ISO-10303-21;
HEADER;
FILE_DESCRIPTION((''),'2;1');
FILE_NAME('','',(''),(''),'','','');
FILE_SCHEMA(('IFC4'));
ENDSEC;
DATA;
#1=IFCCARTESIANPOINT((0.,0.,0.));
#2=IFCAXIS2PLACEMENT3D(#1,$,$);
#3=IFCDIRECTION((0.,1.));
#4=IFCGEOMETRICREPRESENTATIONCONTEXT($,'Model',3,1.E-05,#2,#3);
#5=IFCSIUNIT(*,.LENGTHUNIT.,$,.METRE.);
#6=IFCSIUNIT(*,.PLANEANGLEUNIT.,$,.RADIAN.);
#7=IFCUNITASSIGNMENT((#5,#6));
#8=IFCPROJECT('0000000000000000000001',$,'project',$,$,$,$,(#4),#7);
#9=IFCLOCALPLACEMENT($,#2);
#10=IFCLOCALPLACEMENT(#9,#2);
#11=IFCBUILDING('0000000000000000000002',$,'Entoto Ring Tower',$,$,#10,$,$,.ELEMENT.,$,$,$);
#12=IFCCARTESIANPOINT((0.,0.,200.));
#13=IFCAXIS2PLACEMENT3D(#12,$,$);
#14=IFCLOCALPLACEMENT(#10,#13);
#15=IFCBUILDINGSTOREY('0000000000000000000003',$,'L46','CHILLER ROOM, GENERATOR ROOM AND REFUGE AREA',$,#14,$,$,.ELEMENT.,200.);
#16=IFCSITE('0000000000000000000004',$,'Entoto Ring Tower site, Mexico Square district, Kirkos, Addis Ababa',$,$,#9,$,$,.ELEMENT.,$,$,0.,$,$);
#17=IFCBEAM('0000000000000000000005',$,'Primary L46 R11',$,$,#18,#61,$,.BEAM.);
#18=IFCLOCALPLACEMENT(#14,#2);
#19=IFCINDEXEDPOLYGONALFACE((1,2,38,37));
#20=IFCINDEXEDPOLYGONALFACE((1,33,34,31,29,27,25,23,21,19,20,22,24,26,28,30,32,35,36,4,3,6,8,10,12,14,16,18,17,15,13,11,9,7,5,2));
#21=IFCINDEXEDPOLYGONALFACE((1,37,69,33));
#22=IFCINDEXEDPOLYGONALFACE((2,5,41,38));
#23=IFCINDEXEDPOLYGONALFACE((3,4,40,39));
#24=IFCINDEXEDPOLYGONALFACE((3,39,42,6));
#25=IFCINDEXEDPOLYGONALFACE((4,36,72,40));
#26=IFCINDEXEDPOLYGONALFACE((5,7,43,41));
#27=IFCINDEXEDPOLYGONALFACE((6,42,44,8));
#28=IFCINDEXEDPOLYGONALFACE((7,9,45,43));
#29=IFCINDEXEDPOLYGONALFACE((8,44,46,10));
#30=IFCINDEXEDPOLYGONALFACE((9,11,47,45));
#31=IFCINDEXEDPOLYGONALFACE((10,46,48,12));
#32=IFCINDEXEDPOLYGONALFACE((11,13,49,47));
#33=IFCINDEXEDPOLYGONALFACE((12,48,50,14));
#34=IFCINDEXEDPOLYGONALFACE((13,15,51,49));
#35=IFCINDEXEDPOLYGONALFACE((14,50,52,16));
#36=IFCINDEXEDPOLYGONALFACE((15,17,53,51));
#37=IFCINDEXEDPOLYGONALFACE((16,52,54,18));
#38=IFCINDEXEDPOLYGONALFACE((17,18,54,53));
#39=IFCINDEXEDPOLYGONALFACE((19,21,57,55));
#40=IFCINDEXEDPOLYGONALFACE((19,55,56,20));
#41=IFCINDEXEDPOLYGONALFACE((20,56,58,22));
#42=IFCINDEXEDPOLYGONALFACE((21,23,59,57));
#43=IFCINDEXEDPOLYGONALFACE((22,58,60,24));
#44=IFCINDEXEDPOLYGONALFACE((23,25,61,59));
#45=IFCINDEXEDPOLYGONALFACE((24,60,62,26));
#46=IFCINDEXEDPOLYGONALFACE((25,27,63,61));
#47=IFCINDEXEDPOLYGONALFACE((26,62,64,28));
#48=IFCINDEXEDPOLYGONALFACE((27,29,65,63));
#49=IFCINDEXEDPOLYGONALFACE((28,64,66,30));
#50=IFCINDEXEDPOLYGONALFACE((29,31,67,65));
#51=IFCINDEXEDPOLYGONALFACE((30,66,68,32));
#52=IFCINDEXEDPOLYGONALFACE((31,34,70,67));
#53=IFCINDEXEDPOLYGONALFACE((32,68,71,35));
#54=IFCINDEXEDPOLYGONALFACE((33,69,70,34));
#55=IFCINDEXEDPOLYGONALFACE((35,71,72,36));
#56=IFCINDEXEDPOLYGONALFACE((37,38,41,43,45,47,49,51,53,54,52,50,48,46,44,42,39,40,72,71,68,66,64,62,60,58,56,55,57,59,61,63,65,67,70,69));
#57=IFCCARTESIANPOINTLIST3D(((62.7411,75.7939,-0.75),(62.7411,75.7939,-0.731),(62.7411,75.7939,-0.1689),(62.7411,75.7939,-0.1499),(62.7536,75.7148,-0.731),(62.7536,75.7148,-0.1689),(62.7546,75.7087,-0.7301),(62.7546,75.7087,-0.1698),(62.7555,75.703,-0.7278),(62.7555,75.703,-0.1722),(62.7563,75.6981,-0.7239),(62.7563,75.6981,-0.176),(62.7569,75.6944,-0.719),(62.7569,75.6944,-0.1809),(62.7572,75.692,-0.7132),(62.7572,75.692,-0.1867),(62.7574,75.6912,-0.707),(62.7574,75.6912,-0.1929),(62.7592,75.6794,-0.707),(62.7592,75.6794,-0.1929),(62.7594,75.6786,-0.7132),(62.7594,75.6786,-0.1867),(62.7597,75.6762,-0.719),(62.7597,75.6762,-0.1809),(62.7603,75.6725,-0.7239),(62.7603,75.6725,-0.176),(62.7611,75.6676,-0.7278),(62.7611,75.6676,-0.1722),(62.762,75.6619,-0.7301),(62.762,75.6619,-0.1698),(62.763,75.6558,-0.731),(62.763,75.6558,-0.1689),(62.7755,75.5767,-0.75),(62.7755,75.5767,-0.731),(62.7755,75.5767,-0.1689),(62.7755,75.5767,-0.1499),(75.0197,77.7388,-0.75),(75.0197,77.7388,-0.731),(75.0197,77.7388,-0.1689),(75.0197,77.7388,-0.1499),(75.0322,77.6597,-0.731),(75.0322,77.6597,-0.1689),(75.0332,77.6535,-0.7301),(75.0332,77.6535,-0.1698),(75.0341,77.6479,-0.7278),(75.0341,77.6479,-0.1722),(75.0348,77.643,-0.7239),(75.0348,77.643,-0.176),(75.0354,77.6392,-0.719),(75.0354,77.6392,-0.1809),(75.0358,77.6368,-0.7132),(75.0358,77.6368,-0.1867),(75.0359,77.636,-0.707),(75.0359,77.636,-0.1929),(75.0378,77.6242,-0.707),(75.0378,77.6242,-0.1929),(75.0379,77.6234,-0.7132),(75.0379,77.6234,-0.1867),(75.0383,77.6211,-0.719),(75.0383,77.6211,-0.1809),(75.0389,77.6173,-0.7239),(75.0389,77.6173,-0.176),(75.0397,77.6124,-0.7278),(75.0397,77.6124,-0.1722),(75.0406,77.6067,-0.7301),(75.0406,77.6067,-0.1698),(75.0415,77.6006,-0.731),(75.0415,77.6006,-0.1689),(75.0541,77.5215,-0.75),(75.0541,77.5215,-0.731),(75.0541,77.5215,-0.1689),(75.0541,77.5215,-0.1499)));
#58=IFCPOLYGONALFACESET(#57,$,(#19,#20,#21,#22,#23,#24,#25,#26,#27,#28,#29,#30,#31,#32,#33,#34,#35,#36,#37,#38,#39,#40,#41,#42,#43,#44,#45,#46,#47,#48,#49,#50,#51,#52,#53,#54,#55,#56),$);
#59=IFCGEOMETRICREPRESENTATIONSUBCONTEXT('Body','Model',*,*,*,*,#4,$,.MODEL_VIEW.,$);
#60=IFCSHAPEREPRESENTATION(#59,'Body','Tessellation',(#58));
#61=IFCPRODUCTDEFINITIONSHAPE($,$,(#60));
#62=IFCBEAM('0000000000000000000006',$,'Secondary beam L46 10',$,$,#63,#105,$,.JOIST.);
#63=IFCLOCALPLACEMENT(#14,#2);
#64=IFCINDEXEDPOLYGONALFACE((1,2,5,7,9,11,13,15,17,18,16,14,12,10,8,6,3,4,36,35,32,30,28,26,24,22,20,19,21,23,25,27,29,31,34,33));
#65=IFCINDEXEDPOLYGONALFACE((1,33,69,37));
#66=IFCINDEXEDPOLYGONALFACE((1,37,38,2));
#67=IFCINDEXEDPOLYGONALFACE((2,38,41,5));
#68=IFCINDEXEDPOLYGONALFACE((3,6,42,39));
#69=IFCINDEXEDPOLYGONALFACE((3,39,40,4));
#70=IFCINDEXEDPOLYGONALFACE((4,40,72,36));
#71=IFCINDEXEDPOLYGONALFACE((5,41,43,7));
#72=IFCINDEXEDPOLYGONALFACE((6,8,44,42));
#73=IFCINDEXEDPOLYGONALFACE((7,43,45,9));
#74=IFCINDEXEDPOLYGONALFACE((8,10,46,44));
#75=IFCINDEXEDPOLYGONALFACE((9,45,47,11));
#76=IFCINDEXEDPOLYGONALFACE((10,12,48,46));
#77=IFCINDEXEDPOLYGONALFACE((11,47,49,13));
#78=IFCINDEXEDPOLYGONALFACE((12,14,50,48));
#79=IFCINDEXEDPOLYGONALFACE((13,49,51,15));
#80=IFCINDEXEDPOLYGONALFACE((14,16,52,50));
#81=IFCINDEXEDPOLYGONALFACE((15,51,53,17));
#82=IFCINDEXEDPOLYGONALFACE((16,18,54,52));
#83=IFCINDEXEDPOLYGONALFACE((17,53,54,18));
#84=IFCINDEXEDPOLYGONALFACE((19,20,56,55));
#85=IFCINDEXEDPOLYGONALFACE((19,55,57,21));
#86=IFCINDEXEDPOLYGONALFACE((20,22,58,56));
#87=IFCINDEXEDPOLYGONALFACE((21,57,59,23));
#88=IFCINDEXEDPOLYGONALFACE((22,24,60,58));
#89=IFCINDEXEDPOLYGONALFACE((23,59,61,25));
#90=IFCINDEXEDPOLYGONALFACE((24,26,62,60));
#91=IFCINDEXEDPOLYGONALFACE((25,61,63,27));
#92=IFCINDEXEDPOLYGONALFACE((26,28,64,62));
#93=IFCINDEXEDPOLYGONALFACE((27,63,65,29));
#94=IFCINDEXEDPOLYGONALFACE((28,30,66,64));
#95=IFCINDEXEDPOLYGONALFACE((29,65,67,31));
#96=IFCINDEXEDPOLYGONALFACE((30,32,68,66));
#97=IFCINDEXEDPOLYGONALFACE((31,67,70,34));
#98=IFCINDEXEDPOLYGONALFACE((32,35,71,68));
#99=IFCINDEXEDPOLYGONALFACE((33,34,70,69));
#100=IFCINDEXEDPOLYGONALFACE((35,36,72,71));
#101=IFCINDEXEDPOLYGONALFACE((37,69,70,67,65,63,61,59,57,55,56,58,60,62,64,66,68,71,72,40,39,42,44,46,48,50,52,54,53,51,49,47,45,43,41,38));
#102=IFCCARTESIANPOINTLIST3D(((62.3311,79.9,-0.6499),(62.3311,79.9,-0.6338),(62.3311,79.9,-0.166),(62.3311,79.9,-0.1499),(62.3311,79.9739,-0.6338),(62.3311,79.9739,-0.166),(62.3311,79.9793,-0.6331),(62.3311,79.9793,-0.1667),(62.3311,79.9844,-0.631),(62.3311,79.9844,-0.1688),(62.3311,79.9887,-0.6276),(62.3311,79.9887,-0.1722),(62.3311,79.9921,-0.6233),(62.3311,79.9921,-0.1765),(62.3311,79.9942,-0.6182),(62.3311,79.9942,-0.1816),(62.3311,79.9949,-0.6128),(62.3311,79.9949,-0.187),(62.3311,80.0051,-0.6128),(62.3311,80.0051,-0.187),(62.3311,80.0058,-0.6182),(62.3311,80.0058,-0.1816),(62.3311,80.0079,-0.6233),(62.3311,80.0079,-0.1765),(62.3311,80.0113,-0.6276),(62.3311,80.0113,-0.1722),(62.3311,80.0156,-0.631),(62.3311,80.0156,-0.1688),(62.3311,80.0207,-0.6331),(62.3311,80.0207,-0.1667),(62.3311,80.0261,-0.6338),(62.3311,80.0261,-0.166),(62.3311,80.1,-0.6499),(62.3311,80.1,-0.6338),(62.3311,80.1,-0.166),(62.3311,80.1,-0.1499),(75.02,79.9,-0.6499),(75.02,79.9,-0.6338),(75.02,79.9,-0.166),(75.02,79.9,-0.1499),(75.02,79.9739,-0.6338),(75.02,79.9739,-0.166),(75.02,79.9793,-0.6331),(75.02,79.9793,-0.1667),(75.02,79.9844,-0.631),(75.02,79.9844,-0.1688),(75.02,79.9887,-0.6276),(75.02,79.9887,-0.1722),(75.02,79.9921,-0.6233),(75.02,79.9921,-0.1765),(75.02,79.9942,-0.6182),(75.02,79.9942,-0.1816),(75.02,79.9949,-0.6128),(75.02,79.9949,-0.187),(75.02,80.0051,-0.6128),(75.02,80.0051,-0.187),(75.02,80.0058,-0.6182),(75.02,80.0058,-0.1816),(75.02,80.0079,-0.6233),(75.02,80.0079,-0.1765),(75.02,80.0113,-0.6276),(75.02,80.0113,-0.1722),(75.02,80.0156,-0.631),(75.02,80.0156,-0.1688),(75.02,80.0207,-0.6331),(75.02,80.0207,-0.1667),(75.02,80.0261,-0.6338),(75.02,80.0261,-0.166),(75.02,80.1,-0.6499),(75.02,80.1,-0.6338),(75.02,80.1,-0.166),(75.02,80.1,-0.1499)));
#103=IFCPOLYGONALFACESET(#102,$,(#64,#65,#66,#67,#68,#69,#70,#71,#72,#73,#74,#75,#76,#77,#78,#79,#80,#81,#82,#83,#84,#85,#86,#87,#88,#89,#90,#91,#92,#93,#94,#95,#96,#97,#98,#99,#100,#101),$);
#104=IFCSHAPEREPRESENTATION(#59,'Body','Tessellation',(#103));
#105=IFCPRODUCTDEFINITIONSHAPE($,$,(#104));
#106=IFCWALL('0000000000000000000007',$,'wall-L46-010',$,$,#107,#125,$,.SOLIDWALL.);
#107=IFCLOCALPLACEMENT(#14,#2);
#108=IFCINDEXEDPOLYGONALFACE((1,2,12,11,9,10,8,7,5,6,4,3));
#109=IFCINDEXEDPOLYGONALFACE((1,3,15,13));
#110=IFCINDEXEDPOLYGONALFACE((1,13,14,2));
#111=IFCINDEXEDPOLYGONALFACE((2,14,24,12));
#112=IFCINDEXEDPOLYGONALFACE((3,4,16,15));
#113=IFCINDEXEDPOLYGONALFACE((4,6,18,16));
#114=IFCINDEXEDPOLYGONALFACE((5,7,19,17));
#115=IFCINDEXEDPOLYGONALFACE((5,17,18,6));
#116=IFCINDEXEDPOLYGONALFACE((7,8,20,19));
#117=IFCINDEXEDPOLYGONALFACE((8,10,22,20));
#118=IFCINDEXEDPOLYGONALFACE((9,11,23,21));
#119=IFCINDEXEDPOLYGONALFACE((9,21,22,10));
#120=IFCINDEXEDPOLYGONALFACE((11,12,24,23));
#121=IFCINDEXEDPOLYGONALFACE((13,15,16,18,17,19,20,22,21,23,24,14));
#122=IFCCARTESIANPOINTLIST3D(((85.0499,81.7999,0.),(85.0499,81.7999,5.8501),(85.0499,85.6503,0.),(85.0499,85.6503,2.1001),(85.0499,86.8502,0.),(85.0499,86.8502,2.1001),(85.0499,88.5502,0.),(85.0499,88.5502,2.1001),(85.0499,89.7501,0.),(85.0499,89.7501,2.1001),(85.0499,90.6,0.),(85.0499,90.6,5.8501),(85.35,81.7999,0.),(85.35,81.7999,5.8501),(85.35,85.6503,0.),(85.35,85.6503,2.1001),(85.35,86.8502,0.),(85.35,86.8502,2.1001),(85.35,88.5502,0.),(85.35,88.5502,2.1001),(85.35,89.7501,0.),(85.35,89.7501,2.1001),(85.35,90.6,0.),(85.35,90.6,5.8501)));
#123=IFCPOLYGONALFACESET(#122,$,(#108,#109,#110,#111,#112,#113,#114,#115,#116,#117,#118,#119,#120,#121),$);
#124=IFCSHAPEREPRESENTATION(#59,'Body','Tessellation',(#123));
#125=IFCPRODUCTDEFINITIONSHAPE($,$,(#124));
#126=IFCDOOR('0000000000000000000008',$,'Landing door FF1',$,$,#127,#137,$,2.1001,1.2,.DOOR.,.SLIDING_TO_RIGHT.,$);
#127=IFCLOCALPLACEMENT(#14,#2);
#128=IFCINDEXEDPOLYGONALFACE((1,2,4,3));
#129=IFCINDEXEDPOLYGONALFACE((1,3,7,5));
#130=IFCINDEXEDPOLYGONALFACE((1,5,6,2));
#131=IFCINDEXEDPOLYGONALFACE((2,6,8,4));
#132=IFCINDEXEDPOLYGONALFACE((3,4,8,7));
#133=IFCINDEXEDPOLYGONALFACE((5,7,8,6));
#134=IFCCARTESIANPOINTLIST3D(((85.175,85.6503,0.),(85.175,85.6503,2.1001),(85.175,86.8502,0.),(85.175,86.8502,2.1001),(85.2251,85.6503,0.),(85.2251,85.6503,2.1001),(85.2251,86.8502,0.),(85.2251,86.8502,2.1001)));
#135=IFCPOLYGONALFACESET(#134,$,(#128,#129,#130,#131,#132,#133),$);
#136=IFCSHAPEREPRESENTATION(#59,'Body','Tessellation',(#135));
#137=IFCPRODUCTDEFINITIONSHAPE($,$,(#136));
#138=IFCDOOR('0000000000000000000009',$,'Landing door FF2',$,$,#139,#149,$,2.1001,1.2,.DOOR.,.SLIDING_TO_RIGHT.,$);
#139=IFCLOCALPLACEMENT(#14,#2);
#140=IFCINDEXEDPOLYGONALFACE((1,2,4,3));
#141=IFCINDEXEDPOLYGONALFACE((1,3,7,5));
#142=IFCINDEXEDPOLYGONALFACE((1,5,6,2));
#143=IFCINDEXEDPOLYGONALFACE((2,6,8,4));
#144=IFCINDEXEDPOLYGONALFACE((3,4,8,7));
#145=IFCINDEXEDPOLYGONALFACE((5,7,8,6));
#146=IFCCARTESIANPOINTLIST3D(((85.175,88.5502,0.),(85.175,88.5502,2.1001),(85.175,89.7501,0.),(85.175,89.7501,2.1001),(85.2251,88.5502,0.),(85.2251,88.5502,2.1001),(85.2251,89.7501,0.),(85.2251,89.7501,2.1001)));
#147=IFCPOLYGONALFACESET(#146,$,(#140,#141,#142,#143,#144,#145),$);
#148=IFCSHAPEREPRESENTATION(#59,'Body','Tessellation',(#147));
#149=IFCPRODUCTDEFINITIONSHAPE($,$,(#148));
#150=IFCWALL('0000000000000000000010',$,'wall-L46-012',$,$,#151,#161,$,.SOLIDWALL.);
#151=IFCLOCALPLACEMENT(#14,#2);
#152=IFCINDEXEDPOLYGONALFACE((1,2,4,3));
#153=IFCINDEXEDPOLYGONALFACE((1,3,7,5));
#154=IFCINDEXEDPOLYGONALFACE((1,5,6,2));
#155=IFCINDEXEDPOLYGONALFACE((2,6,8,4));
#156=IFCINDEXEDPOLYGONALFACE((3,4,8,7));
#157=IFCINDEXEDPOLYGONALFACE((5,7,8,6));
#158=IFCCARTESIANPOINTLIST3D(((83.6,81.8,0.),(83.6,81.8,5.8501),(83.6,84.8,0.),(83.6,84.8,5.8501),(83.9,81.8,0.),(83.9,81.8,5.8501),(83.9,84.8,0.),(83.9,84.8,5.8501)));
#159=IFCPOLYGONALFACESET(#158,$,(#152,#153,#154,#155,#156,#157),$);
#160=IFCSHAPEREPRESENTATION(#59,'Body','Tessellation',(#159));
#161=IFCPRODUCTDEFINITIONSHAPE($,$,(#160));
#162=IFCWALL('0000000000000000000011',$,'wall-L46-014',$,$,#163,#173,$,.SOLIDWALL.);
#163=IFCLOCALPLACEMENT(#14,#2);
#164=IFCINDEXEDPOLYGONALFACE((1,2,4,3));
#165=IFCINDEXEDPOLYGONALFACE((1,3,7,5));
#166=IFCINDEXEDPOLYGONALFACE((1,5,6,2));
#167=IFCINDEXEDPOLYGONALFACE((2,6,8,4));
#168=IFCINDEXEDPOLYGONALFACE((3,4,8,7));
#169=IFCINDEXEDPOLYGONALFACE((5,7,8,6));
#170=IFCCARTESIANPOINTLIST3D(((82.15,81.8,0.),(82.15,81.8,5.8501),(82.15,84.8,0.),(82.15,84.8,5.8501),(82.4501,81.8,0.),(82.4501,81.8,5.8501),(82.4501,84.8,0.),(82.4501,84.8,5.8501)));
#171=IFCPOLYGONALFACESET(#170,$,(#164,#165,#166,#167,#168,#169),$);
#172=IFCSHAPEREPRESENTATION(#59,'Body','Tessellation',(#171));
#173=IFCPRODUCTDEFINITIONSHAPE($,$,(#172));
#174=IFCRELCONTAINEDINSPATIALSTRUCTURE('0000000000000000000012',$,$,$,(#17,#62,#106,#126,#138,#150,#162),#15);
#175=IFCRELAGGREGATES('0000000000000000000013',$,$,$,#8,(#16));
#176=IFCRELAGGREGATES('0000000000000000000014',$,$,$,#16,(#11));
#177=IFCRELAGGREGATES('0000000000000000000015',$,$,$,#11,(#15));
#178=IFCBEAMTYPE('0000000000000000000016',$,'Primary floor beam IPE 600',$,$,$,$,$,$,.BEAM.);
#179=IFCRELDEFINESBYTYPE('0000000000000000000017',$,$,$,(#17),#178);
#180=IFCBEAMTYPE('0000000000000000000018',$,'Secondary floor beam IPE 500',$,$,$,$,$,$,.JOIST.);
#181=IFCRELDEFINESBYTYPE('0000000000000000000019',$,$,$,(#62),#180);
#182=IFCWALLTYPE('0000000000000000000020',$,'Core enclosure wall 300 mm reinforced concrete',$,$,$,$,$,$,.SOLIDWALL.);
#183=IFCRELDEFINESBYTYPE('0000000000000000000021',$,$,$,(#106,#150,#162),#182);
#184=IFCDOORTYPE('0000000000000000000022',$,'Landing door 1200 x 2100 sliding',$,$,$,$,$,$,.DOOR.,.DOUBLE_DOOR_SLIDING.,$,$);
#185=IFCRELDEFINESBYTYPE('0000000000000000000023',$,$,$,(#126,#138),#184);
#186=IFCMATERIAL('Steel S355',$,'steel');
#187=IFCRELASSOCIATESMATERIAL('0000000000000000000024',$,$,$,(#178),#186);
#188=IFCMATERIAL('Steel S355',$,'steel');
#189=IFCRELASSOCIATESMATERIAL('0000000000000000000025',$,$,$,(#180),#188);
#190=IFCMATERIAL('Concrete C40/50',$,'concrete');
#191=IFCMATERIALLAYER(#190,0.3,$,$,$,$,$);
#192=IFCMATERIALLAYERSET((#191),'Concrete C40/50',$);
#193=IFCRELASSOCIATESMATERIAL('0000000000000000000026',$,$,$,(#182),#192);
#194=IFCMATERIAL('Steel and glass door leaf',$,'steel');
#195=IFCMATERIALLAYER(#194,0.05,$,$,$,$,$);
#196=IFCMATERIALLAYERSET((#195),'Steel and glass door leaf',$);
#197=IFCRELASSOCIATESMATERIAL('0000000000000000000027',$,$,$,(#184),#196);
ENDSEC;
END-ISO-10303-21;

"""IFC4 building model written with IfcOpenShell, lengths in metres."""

from ifc_helpers import new_model, si_unit, direction, frame, frame_2d, origin, origin_2d, place, context, subcontext, project, spatial, rectangle, i_section, extrude, material, layer, layer_set, material_profile, profile_set, type_object, element, fill, save


model = new_model("IFC4")

# Units and contexts
model_context = context("Model", 3, precision=1e-05, world=origin(), true_north=direction((0.0, 1.0)))
body_context = subcontext(model_context, "Body", "Model", "MODEL_VIEW")
ifc_project = project(units=[si_unit("LENGTHUNIT", "METRE"), si_unit("PLANEANGLEUNIT", "RADIAN")], contexts=[model_context])

# Site, building, storey
site_placement = place(None, origin())
site = spatial("IfcSite", under=ifc_project, at=site_placement, Name="Entoto Ring Tower site, Mexico Square district, Kirkos, Addis Ababa", CompositionType="ELEMENT", RefElevation=0.0)
building_placement = place(site_placement, origin())
building = spatial("IfcBuilding", under=site, at=building_placement, Name="Entoto Ring Tower", CompositionType="ELEMENT")
storey_placement = place(building_placement, frame((0.0, 0.0, 200.0)))
storey = spatial("IfcBuildingStorey", under=building, at=storey_placement, Name="L46", Description="CHILLER ROOM, GENERATOR ROOM AND REFUGE AREA", CompositionType="ELEMENT", Elevation=200.0)

# Beams
ifc_material_1 = material(Name="Steel S355", Category="steel")
ifc_material_profile_1 = material_profile(ifc_material_1, i_section(OverallWidth=0.22, OverallDepth=0.6001, WebThickness=0.012, FlangeThickness=0.019, FilletRadius=0.0239, at=origin_2d()), Name="IPE 600")
ifc_profile_set_1 = profile_set([ifc_material_profile_1], Name="Steel S355")
beam_type_1 = type_object("IfcBeamType", Name="Primary floor beam IPE 600", PredefinedType="BEAM", material=ifc_profile_set_1)
for number, where, z_axis, x_axis, name in (
    (1, (75.0369, 77.6301, -0.45), (-0.987687, -0.156442, 0.0), (0.156442, -0.987687, 0.0), "Primary L46 R11"),
):
    element("IfcBeam", number, at=place(storey_placement, frame(where, z_axis=z_axis, x_axis=x_axis)), inside=storey, type_object=beam_type_1, Name=name, PredefinedType="BEAM", context=body_context, shape_type="SweptSolid", body=[
        extrude(i_section(OverallWidth=0.22, OverallDepth=0.6001, WebThickness=0.012, FlangeThickness=0.019, FilletRadius=0.0239, at=origin_2d()), origin(), (0.0, 0.0, 1.0), 12.4316),
    ])
ifc_material_2 = material(Name="Steel S355", Category="steel")
ifc_material_profile_2 = material_profile(ifc_material_2, i_section(OverallWidth=0.2, OverallDepth=0.5, WebThickness=0.0103, FlangeThickness=0.0161, FilletRadius=0.021, at=origin_2d()), Name="IPE 500")
ifc_profile_set_2 = profile_set([ifc_material_profile_2], Name="Steel S355")
beam_type_2 = type_object("IfcBeamType", Name="Secondary floor beam IPE 500", PredefinedType="JOIST", material=ifc_profile_set_2)
beam_placement = place(storey_placement, frame((75.02, 80.0, -0.3999), z_axis=(-1.0, 0.0, 0.0), x_axis=(0.0, -1.0, 0.0)))
element("IfcBeam", 2, at=beam_placement, inside=storey, type_object=beam_type_2, Name="Secondary beam L46 10", PredefinedType="JOIST", context=body_context, shape_type="SweptSolid", body=[
    extrude(i_section(OverallWidth=0.2, OverallDepth=0.5, WebThickness=0.0103, FlangeThickness=0.0161, FilletRadius=0.021, at=origin_2d()), origin(), (0.0, 0.0, 1.0), 12.689),
])

# Wall, openings, doors
ifc_material_3 = material(Name="Concrete C40/50", Category="concrete")
ifc_layer_1 = layer(ifc_material_3, 0.3)
ifc_layer_set_1 = layer_set([ifc_layer_1], Name="Concrete C40/50")
wall_type = type_object("IfcWallType", Name="Core enclosure wall 300 mm reinforced concrete", PredefinedType="SOLIDWALL", material=ifc_layer_set_1)
wall_1_placement = place(storey_placement, frame((85.2, 81.8, 0.0), z_axis=(0.0, 0.0, 1.0), x_axis=(0.0, 1.0, 0.0)))
wall_1 = element("IfcWall", 3, at=wall_1_placement, inside=storey, type_object=wall_type, Name="wall-L46-010", PredefinedType="SOLIDWALL", context=body_context, shape_type="SweptSolid", body=[
    extrude(rectangle(XDim=8.8, YDim=0.3, at=frame_2d((4.3999, 0.0))), origin(), (0.0, 0.0, 1.0), 5.8501),
])
opening_1_placement = place(wall_1_placement, frame((3.8501, 0.0, 0.0)))
opening_1 = element("IfcOpeningElement", 4, at=opening_1_placement, cuts=wall_1, PredefinedType="OPENING", context=body_context, shape_type="SweptSolid", body=[
    extrude(rectangle(XDim=1.2, YDim=2.1001, at=frame_2d((0.6001, 1.05))), frame((0.0, 0.1602, 0.0), z_axis=(0.0, -1.0, 0.0), x_axis=(1.0, 0.0, 0.0)), (0.0, 0.0, 1.0), 0.3201),
])
opening_2_placement = place(wall_1_placement, frame((6.75, 0.0, 0.0)))
opening_2 = element("IfcOpeningElement", 5, at=opening_2_placement, cuts=wall_1, PredefinedType="OPENING", context=body_context, shape_type="SweptSolid", body=[
    extrude(rectangle(XDim=1.2, YDim=2.1001, at=frame_2d((0.6001, 1.05))), frame((0.0, 0.1602, 0.0), z_axis=(0.0, -1.0, 0.0), x_axis=(1.0, 0.0, 0.0)), (0.0, 0.0, 1.0), 0.3201),
])
ifc_material_4 = material(Name="Steel and glass door leaf", Category="steel")
ifc_layer_2 = layer(ifc_material_4, 0.05)
ifc_layer_set_2 = layer_set([ifc_layer_2], Name="Steel and glass door leaf")
door_type_1 = type_object("IfcDoorType", Name="Landing door 1200 x 2100 sliding", OperationType="DOUBLE_DOOR_SLIDING", PredefinedType="DOOR", material=ifc_layer_set_2)
door_1_placement = place(opening_1_placement, origin())
door_1 = element("IfcDoor", 6, at=door_1_placement, inside=storey, type_object=door_type_1, Name="Landing door FF1", OperationType="SLIDING_TO_RIGHT", OverallHeight=2.1001, OverallWidth=1.2, PredefinedType="DOOR", context=body_context, shape_type="SweptSolid", body=[
    extrude(rectangle(XDim=1.2, YDim=2.1001, at=frame_2d((0.6001, 1.05))), frame((0.0, 0.0249, 0.0), z_axis=(0.0, -1.0, 0.0), x_axis=(1.0, 0.0, 0.0)), (0.0, 0.0, 1.0), 0.05),
])
fill(opening_1, door_1)
door_2_placement = place(opening_2_placement, origin())
door_2 = element("IfcDoor", 7, at=door_2_placement, inside=storey, type_object=door_type_1, Name="Landing door FF2", OperationType="SLIDING_TO_RIGHT", OverallHeight=2.1001, OverallWidth=1.2, PredefinedType="DOOR", context=body_context, shape_type="SweptSolid", body=[
    extrude(rectangle(XDim=1.2, YDim=2.1001, at=frame_2d((0.6001, 1.05))), frame((0.0, 0.0249, 0.0), z_axis=(0.0, -1.0, 0.0), x_axis=(1.0, 0.0, 0.0)), (0.0, 0.0, 1.0), 0.05),
])
fill(opening_2, door_2)

# Walls
for number, where, z_axis, x_axis, name in (
    (8, (83.75, 81.8, 0.0), (0.0, 0.0, 1.0), (0.0, 1.0, 0.0), "wall-L46-012"),
    (9, (82.3, 81.8, 0.0), (0.0, 0.0, 1.0), (0.0, 1.0, 0.0), "wall-L46-014"),
):
    element("IfcWall", number, at=place(storey_placement, frame(where, z_axis=z_axis, x_axis=x_axis)), inside=storey, type_object=wall_type, Name=name, PredefinedType="SOLIDWALL", context=body_context, shape_type="SweptSolid", body=[
        extrude(rectangle(XDim=3.0, YDim=0.3, at=frame_2d((1.5, 0.0))), origin(), (0.0, 0.0, 1.0), 5.8501),
    ])

save(model, "model.ifc")
